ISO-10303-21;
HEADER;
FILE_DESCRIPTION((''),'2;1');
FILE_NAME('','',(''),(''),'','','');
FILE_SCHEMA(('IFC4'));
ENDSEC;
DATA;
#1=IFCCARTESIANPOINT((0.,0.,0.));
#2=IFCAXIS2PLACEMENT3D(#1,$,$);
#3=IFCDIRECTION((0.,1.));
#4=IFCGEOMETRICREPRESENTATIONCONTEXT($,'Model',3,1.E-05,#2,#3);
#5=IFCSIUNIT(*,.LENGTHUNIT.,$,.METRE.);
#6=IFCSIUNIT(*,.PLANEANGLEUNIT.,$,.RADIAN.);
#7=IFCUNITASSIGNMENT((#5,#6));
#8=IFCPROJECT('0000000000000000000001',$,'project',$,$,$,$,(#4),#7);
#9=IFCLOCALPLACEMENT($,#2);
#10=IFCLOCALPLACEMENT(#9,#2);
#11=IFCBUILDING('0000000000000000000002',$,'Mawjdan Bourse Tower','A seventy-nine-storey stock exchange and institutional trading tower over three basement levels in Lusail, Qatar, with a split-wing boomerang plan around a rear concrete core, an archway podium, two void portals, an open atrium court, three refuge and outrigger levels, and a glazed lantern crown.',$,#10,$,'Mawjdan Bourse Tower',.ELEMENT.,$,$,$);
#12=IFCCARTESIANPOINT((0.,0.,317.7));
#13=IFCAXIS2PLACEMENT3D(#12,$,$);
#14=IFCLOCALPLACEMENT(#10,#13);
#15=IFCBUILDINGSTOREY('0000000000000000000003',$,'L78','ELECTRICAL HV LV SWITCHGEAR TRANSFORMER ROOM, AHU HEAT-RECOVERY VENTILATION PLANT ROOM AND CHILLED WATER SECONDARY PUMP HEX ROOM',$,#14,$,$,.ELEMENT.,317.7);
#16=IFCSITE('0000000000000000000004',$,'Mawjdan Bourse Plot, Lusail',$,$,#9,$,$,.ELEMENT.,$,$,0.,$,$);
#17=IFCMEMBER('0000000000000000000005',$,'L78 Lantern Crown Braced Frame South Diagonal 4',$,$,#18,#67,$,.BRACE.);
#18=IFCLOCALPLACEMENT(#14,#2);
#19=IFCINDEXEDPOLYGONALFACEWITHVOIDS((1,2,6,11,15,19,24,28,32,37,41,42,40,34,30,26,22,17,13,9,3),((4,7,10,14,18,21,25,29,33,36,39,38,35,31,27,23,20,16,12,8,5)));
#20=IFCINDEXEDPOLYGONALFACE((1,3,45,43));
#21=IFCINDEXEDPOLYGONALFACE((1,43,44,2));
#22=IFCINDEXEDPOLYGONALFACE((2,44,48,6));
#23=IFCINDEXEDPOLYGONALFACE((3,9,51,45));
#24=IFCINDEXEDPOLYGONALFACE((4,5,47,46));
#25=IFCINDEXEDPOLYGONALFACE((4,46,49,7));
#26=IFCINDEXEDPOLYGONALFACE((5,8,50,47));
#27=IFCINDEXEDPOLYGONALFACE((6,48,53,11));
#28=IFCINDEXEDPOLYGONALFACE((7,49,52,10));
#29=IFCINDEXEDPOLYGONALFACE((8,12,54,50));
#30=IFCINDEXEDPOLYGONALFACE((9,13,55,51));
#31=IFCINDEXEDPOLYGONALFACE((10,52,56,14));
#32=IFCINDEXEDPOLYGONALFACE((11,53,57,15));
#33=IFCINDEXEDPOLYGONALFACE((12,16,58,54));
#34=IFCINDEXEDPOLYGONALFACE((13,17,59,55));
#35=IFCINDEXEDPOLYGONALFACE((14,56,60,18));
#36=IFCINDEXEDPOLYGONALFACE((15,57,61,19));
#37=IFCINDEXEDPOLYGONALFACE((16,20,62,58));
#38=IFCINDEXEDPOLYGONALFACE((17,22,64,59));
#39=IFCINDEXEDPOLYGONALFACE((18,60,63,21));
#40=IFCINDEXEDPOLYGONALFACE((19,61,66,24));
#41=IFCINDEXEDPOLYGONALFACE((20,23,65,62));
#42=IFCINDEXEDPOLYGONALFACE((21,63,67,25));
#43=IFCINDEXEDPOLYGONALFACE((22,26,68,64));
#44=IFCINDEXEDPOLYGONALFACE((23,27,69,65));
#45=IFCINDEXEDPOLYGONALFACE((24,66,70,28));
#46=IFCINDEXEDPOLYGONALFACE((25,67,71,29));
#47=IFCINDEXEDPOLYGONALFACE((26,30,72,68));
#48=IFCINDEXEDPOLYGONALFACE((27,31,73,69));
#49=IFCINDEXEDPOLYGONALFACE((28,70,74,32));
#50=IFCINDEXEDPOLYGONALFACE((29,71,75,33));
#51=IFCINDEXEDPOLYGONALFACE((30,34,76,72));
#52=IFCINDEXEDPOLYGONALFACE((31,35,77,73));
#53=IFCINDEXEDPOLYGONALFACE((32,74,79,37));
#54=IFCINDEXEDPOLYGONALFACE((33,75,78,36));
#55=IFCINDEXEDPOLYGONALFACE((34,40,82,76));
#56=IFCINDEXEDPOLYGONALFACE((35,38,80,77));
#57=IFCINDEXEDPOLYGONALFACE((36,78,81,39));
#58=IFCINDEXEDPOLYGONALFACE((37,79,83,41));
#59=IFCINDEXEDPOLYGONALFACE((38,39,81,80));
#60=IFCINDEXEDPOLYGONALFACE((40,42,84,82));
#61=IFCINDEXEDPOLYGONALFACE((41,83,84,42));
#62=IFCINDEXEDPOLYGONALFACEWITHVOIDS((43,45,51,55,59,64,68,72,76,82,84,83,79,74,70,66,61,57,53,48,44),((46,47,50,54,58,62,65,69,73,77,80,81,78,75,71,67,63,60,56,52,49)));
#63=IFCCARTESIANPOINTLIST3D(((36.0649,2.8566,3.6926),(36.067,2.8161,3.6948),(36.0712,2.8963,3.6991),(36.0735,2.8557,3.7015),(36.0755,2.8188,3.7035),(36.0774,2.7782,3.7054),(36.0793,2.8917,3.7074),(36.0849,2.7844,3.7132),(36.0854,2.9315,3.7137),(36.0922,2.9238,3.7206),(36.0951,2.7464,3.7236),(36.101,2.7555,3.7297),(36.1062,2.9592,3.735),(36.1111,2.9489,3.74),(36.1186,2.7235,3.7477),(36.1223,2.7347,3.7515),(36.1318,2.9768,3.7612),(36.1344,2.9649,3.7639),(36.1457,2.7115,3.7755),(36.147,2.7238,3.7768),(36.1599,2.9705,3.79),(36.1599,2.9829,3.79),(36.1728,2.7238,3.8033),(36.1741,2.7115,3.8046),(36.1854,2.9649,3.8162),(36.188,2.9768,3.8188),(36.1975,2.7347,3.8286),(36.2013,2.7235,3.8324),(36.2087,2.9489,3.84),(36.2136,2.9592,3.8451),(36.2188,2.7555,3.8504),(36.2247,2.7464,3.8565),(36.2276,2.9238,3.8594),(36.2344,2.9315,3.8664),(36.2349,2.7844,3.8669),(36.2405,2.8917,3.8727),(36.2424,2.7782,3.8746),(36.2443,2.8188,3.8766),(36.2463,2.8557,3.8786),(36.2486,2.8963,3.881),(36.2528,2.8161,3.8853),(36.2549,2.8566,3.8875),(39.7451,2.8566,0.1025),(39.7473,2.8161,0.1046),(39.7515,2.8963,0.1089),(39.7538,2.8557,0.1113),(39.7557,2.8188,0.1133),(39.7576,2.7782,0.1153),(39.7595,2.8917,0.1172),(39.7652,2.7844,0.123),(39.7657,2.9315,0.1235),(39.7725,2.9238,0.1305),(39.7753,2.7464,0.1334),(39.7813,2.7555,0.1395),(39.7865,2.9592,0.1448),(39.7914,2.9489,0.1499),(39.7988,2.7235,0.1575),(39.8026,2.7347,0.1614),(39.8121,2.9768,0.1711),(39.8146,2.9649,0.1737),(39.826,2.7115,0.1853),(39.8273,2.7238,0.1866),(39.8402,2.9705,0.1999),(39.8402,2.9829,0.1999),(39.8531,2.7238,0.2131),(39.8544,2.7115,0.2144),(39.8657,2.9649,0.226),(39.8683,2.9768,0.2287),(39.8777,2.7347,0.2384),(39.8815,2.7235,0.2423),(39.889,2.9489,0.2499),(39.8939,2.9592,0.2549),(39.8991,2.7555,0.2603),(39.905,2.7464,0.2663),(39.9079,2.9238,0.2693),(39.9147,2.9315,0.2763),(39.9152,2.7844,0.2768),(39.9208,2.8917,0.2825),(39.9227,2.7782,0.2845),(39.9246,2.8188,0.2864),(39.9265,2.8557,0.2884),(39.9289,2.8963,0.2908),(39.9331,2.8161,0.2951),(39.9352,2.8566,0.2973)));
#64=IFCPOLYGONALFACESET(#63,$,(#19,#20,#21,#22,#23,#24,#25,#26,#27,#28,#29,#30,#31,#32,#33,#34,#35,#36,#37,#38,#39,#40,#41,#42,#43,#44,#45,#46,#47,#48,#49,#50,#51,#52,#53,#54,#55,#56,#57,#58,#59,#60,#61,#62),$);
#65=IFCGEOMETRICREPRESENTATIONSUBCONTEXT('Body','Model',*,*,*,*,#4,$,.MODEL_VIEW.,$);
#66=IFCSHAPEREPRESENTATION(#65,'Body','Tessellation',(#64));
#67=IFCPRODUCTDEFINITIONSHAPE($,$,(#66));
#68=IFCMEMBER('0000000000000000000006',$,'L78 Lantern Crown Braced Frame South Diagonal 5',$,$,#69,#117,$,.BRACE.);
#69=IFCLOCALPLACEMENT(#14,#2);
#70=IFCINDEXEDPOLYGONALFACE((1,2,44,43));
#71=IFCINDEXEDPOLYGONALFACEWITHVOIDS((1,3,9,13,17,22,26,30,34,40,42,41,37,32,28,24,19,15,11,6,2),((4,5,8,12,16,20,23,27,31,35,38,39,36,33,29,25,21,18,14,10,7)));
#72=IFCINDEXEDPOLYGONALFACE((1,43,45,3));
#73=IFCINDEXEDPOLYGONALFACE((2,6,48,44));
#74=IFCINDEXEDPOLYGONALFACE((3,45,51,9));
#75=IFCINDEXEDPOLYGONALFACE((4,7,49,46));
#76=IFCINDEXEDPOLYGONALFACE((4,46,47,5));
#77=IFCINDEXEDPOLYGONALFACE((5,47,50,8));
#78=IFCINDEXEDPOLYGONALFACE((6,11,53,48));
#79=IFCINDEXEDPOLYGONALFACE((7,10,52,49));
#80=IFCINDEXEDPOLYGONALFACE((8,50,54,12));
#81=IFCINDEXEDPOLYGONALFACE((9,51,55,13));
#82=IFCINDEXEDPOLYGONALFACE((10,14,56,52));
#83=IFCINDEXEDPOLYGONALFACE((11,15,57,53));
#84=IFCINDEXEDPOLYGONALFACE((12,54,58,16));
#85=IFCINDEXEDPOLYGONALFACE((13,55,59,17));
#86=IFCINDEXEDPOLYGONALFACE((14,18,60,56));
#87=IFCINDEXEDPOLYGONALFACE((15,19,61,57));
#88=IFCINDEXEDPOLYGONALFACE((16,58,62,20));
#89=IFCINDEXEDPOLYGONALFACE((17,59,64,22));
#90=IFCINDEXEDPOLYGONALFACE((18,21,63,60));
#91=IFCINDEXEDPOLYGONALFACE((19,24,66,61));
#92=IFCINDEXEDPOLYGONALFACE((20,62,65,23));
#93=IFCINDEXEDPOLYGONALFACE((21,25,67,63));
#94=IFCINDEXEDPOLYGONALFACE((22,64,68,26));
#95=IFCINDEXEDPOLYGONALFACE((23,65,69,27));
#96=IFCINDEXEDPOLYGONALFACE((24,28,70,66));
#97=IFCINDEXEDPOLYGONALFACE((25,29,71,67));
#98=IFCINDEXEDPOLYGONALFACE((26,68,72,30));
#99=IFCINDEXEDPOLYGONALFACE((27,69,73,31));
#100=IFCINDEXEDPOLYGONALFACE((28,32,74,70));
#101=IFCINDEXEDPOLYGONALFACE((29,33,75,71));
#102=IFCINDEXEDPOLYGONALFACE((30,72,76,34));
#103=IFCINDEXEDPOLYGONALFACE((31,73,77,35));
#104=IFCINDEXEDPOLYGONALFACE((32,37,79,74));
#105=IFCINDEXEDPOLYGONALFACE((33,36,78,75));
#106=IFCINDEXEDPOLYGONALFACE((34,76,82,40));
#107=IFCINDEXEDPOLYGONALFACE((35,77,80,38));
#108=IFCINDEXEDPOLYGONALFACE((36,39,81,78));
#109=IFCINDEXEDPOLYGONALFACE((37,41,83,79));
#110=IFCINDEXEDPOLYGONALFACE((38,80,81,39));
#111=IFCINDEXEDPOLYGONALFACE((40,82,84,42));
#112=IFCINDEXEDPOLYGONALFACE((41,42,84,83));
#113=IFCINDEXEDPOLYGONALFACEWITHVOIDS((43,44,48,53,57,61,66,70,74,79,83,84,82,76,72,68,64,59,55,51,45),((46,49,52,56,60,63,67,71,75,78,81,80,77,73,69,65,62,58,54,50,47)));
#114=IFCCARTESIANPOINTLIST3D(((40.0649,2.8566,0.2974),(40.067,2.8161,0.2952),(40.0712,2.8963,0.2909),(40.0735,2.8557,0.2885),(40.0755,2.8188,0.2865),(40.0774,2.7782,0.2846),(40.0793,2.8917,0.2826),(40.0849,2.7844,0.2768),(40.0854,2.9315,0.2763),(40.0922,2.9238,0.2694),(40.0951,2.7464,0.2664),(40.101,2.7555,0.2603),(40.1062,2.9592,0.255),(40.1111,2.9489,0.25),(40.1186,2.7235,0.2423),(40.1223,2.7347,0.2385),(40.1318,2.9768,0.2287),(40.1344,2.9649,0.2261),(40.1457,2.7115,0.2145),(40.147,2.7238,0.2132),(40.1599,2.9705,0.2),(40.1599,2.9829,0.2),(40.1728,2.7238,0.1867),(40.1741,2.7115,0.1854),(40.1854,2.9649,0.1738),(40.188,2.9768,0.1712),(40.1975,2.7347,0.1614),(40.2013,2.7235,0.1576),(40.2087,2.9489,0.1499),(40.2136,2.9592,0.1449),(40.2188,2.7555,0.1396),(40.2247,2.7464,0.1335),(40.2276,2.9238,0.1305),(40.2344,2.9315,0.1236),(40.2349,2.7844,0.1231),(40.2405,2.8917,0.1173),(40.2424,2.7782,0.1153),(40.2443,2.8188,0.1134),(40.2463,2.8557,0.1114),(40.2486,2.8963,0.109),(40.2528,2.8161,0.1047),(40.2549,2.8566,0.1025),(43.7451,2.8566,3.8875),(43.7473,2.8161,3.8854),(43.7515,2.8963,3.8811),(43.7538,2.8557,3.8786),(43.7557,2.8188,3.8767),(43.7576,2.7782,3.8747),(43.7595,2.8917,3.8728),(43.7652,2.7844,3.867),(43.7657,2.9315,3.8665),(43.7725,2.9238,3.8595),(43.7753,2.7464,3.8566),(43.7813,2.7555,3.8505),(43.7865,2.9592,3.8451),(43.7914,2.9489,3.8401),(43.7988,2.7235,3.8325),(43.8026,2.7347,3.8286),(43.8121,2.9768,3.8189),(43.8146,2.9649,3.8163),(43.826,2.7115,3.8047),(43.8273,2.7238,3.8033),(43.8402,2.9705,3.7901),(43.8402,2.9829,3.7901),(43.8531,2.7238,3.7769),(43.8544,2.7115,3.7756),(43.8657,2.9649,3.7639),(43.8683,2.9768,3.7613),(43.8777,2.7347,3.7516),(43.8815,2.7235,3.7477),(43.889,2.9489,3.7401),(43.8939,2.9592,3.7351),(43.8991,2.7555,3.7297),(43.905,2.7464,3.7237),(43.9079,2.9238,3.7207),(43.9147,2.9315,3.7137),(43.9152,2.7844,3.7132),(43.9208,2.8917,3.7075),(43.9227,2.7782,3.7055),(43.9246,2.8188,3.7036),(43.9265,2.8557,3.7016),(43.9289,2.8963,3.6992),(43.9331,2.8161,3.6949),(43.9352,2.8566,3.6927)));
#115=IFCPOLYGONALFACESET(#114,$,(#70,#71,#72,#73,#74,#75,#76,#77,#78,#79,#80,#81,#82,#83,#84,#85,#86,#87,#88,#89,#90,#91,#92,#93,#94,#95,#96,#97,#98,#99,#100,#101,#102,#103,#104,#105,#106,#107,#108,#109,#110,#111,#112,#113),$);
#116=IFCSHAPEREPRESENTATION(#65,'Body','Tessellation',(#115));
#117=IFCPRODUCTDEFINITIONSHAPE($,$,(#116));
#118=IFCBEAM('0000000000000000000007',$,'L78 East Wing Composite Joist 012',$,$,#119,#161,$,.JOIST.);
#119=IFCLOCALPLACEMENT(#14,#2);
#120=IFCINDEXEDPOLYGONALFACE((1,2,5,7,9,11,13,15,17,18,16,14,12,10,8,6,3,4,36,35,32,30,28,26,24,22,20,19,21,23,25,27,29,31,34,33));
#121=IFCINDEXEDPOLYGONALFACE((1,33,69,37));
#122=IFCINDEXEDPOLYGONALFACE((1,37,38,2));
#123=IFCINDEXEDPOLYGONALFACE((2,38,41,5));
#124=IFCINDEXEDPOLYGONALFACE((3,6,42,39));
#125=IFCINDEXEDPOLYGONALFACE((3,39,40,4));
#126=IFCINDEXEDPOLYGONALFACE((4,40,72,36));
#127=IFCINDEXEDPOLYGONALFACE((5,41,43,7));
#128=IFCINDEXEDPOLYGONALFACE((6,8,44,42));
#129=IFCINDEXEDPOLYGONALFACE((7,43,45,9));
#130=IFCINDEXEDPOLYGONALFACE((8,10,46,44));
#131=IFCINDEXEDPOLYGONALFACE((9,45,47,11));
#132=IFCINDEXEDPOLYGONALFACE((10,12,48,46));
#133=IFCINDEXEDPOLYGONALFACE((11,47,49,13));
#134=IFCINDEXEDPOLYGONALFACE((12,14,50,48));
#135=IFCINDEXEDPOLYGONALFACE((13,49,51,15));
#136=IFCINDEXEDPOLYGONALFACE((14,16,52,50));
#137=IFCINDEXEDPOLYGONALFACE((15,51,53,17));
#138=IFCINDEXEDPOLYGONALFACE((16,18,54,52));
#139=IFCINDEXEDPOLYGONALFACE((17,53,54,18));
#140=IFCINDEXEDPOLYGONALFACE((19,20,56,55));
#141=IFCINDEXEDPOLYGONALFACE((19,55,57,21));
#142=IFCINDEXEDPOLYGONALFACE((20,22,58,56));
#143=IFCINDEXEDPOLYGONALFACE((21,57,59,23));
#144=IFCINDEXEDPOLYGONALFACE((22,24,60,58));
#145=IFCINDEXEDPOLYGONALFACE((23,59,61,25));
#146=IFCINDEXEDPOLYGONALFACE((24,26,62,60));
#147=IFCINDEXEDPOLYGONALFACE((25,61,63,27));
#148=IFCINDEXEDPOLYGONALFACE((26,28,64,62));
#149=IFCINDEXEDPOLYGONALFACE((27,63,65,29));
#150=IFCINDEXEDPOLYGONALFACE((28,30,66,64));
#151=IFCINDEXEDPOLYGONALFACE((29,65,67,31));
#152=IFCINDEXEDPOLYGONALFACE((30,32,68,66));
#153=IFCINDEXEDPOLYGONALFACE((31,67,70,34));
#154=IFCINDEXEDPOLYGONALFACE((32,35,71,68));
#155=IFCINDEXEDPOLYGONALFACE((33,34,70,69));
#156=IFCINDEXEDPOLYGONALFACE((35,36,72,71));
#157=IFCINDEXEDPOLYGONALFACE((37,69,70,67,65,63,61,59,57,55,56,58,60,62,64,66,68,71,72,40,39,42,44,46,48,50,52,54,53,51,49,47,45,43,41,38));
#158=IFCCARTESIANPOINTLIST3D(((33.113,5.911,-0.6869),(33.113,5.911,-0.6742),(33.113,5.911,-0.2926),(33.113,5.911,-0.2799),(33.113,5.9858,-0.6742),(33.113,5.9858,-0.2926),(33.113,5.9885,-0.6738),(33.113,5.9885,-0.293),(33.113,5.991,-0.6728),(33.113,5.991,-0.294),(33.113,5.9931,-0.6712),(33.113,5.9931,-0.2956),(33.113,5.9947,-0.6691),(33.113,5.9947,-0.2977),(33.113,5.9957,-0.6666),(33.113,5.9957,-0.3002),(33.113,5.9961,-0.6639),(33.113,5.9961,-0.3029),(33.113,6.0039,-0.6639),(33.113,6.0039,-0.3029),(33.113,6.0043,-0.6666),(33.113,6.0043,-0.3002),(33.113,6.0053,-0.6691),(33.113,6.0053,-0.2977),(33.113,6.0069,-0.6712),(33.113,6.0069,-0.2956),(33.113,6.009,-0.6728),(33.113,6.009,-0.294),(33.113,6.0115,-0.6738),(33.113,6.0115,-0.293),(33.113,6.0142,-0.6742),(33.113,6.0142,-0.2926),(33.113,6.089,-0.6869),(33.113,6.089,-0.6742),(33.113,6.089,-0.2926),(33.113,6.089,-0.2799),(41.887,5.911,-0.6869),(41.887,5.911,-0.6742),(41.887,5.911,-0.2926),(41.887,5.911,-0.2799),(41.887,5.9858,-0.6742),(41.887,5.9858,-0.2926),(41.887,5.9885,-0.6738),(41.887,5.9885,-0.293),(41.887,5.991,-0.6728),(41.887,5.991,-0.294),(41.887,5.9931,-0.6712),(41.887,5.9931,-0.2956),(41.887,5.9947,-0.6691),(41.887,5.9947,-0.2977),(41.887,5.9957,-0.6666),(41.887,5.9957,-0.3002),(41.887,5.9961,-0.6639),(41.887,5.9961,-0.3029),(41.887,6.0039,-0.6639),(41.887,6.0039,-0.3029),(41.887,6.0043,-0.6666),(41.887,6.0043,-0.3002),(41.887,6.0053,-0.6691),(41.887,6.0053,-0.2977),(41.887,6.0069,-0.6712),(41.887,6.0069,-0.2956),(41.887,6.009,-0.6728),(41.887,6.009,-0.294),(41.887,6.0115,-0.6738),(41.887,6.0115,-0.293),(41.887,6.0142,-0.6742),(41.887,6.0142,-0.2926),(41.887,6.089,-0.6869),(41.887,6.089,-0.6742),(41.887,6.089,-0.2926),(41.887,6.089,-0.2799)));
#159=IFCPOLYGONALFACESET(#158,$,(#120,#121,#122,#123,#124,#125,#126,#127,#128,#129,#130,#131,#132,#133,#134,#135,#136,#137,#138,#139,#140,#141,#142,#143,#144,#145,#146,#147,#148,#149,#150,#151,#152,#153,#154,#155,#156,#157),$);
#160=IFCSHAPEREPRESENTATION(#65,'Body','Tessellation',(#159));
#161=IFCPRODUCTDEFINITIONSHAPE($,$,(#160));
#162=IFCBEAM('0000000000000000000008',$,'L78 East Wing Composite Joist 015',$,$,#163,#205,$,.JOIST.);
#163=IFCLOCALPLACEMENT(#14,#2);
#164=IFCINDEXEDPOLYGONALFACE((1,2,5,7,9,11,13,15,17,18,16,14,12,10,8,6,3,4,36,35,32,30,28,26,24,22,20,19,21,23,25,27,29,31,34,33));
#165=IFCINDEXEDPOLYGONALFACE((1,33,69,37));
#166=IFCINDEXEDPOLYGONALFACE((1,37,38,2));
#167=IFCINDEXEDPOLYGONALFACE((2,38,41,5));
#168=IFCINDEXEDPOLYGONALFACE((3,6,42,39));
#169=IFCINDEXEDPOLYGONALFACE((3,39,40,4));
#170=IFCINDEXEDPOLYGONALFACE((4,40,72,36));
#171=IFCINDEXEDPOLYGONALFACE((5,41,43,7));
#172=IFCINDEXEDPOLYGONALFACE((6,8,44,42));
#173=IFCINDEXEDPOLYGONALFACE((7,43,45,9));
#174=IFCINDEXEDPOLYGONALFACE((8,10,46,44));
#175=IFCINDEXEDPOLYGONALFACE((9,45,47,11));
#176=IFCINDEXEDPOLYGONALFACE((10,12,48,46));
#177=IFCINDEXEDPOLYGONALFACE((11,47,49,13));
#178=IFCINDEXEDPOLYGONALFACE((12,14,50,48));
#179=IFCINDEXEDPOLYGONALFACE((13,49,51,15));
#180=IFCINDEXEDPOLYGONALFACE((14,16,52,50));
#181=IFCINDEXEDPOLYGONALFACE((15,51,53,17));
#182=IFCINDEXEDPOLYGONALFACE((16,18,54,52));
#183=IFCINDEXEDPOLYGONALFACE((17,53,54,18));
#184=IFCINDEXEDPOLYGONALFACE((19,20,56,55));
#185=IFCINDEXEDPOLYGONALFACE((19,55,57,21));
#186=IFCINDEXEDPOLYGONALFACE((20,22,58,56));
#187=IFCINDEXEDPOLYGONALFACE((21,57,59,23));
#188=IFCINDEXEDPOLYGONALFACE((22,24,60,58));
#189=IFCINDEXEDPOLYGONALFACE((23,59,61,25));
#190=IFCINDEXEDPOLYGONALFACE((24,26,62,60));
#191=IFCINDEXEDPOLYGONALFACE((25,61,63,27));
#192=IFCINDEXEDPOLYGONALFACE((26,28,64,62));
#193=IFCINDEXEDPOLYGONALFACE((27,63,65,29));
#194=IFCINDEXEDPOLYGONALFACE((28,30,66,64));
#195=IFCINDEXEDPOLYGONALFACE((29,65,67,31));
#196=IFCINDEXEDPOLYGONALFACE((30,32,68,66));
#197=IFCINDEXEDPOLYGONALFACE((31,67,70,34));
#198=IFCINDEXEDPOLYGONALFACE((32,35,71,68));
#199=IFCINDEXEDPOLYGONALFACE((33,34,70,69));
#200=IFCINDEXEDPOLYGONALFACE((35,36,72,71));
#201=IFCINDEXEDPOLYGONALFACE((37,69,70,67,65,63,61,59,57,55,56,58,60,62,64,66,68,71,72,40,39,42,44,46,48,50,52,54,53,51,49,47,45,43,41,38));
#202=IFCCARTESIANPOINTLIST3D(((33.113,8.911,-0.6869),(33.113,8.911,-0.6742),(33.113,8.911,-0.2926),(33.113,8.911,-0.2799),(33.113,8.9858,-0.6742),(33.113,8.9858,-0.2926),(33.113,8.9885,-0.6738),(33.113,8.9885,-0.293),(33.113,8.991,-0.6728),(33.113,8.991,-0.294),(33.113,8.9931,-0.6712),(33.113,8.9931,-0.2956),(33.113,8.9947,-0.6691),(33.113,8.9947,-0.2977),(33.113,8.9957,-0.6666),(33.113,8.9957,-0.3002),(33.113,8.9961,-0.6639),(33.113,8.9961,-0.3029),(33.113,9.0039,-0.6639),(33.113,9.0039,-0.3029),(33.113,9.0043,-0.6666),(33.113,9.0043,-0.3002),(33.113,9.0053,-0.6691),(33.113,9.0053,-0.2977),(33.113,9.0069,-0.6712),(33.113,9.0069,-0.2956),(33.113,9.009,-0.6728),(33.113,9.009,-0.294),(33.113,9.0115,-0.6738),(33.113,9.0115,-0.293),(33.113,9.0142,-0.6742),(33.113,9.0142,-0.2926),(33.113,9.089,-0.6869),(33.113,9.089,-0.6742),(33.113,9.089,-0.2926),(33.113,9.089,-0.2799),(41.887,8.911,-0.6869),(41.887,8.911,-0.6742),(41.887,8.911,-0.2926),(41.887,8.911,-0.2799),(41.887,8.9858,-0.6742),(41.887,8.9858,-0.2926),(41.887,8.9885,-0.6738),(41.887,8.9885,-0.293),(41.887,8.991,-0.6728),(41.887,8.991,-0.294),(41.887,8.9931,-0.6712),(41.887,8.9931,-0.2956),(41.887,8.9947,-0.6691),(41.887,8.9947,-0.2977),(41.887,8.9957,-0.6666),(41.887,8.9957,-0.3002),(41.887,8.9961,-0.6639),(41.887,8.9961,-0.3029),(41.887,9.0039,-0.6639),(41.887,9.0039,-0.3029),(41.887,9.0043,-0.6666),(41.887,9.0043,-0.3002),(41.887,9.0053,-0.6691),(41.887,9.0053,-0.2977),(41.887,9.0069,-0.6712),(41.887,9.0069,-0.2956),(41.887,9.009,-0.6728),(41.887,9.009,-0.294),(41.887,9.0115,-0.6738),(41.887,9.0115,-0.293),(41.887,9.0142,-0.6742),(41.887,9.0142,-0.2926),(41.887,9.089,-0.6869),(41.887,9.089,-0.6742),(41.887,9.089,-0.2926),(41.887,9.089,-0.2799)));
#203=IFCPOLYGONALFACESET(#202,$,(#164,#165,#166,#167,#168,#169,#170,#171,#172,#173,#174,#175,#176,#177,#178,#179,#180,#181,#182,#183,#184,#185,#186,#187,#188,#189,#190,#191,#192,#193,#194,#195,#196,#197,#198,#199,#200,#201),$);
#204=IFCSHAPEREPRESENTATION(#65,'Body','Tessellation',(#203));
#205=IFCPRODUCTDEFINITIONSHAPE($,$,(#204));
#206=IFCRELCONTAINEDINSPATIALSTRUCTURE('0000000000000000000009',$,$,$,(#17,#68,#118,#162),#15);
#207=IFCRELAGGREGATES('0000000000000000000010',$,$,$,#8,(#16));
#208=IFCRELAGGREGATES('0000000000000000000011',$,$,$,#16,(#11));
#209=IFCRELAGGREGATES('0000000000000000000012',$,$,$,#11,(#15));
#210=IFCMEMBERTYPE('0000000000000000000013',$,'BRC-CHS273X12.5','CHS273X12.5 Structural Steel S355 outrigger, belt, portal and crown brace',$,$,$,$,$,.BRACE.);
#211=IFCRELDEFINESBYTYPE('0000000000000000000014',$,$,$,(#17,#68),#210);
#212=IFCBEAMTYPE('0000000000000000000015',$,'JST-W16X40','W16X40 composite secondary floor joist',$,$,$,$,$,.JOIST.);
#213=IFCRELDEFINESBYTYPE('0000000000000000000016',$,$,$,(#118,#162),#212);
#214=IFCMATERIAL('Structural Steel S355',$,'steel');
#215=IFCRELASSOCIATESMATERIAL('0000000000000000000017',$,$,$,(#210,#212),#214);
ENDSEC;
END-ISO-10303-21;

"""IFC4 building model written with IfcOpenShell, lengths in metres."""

from ifc_helpers import new_model, si_unit, direction, frame, origin, origin_2d, place, context, subcontext, project, spatial, hollow_circle, i_section, extrude, material, material_profile, profile_set, type_object, element, save


model = new_model("IFC4")

# Units and contexts
model_context = context("Model", 3, precision=1e-05, world=origin(), true_north=direction((0.0, 1.0)))
body_context = subcontext(model_context, "Body", "Model", "MODEL_VIEW")
ifc_project = project(units=[si_unit("LENGTHUNIT", "METRE"), si_unit("PLANEANGLEUNIT", "RADIAN")], contexts=[model_context])

# Site, building, storey
site_placement = place(None, origin())
site = spatial("IfcSite", under=ifc_project, at=site_placement, Name="Mawjdan Bourse Plot, Lusail", CompositionType="ELEMENT", RefElevation=0.0)
building_placement = place(site_placement, origin())
building = spatial("IfcBuilding", under=site, at=building_placement, Name="Mawjdan Bourse Tower", Description="A seventy-nine-storey stock exchange and institutional trading tower over three basement levels in Lusail, Qatar, with a split-wing boomerang plan around a rear concrete core, an archway podium, two void portals, an open atrium court, three refuge and outrigger levels, and a glazed lantern crown.", LongName="Mawjdan Bourse Tower", CompositionType="ELEMENT")
storey_placement = place(building_placement, frame((0.0, 0.0, 317.7)))
storey = spatial("IfcBuildingStorey", under=building, at=storey_placement, Name="L78", Description="ELECTRICAL HV LV SWITCHGEAR TRANSFORMER ROOM, AHU HEAT-RECOVERY VENTILATION PLANT ROOM AND CHILLED WATER SECONDARY PUMP HEX ROOM", CompositionType="ELEMENT", Elevation=317.7)

# Members
ifc_material_1 = material(Name="Structural Steel S355", Category="steel")
ifc_material_profile_1 = material_profile(ifc_material_1, hollow_circle(Radius=0.1365, WallThickness=0.0125, at=origin_2d()), Name="CHS273X12.5")
ifc_profile_set_1 = profile_set([ifc_material_profile_1], Name="Structural Steel S355")
member_type_1 = type_object("IfcMemberType", Name="BRC-CHS273X12.5", Description="CHS273X12.5 Structural Steel S355 outrigger, belt, portal and crown brace", PredefinedType="BRACE", material=ifc_profile_set_1)
for number, where, z_axis, x_axis, name in (
    (1, (36.1599, 2.8464, 3.79), (0.715814, 0.0, -0.698291), (0.0, 1.0, 0.0), "L78 Lantern Crown Braced Frame South Diagonal 4"),
    (2, (40.1599, 2.8464, 0.2), (0.715814, 0.0, 0.698291), (0.0, 1.0, 0.0), "L78 Lantern Crown Braced Frame South Diagonal 5"),
):
    element("IfcMember", number, at=place(storey_placement, frame(where, z_axis=z_axis, x_axis=x_axis)), inside=storey, type_object=member_type_1, Name=name, PredefinedType="BRACE", context=body_context, shape_type="SweptSolid", body=[
        extrude(hollow_circle(Radius=0.1365, WallThickness=0.0125, at=origin_2d()), origin(), (0.0, 0.0, 1.0), 5.1414),
    ])

# Beams
ifc_material_profile_2 = material_profile(ifc_material_1, i_section(OverallWidth=0.178, OverallDepth=0.407, WebThickness=0.0078, FlangeThickness=0.0127, FilletRadius=0.0103, at=origin_2d()), Name="W16X40")
ifc_profile_set_2 = profile_set([ifc_material_profile_2], Name="Structural Steel S355")
beam_type = type_object("IfcBeamType", Name="JST-W16X40", Description="W16X40 composite secondary floor joist", PredefinedType="JOIST", material=ifc_profile_set_2)
for number, where, z_axis, x_axis, name in (
    (3, (33.113, 6.0, -0.4834), (1.0, 0.0, 0.0), (0.0, 1.0, 0.0), "L78 East Wing Composite Joist 012"),
    (4, (33.113, 9.0, -0.4834), (1.0, 0.0, 0.0), (0.0, 1.0, 0.0), "L78 East Wing Composite Joist 015"),
):
    element("IfcBeam", number, at=place(storey_placement, frame(where, z_axis=z_axis, x_axis=x_axis)), inside=storey, type_object=beam_type, Name=name, PredefinedType="JOIST", context=body_context, shape_type="SweptSolid", body=[
        extrude(i_section(OverallWidth=0.178, OverallDepth=0.407, WebThickness=0.0078, FlangeThickness=0.0127, FilletRadius=0.0103, at=origin_2d()), origin(), (0.0, 0.0, 1.0), 8.7739),
    ])

save(model, "model.ifc")
